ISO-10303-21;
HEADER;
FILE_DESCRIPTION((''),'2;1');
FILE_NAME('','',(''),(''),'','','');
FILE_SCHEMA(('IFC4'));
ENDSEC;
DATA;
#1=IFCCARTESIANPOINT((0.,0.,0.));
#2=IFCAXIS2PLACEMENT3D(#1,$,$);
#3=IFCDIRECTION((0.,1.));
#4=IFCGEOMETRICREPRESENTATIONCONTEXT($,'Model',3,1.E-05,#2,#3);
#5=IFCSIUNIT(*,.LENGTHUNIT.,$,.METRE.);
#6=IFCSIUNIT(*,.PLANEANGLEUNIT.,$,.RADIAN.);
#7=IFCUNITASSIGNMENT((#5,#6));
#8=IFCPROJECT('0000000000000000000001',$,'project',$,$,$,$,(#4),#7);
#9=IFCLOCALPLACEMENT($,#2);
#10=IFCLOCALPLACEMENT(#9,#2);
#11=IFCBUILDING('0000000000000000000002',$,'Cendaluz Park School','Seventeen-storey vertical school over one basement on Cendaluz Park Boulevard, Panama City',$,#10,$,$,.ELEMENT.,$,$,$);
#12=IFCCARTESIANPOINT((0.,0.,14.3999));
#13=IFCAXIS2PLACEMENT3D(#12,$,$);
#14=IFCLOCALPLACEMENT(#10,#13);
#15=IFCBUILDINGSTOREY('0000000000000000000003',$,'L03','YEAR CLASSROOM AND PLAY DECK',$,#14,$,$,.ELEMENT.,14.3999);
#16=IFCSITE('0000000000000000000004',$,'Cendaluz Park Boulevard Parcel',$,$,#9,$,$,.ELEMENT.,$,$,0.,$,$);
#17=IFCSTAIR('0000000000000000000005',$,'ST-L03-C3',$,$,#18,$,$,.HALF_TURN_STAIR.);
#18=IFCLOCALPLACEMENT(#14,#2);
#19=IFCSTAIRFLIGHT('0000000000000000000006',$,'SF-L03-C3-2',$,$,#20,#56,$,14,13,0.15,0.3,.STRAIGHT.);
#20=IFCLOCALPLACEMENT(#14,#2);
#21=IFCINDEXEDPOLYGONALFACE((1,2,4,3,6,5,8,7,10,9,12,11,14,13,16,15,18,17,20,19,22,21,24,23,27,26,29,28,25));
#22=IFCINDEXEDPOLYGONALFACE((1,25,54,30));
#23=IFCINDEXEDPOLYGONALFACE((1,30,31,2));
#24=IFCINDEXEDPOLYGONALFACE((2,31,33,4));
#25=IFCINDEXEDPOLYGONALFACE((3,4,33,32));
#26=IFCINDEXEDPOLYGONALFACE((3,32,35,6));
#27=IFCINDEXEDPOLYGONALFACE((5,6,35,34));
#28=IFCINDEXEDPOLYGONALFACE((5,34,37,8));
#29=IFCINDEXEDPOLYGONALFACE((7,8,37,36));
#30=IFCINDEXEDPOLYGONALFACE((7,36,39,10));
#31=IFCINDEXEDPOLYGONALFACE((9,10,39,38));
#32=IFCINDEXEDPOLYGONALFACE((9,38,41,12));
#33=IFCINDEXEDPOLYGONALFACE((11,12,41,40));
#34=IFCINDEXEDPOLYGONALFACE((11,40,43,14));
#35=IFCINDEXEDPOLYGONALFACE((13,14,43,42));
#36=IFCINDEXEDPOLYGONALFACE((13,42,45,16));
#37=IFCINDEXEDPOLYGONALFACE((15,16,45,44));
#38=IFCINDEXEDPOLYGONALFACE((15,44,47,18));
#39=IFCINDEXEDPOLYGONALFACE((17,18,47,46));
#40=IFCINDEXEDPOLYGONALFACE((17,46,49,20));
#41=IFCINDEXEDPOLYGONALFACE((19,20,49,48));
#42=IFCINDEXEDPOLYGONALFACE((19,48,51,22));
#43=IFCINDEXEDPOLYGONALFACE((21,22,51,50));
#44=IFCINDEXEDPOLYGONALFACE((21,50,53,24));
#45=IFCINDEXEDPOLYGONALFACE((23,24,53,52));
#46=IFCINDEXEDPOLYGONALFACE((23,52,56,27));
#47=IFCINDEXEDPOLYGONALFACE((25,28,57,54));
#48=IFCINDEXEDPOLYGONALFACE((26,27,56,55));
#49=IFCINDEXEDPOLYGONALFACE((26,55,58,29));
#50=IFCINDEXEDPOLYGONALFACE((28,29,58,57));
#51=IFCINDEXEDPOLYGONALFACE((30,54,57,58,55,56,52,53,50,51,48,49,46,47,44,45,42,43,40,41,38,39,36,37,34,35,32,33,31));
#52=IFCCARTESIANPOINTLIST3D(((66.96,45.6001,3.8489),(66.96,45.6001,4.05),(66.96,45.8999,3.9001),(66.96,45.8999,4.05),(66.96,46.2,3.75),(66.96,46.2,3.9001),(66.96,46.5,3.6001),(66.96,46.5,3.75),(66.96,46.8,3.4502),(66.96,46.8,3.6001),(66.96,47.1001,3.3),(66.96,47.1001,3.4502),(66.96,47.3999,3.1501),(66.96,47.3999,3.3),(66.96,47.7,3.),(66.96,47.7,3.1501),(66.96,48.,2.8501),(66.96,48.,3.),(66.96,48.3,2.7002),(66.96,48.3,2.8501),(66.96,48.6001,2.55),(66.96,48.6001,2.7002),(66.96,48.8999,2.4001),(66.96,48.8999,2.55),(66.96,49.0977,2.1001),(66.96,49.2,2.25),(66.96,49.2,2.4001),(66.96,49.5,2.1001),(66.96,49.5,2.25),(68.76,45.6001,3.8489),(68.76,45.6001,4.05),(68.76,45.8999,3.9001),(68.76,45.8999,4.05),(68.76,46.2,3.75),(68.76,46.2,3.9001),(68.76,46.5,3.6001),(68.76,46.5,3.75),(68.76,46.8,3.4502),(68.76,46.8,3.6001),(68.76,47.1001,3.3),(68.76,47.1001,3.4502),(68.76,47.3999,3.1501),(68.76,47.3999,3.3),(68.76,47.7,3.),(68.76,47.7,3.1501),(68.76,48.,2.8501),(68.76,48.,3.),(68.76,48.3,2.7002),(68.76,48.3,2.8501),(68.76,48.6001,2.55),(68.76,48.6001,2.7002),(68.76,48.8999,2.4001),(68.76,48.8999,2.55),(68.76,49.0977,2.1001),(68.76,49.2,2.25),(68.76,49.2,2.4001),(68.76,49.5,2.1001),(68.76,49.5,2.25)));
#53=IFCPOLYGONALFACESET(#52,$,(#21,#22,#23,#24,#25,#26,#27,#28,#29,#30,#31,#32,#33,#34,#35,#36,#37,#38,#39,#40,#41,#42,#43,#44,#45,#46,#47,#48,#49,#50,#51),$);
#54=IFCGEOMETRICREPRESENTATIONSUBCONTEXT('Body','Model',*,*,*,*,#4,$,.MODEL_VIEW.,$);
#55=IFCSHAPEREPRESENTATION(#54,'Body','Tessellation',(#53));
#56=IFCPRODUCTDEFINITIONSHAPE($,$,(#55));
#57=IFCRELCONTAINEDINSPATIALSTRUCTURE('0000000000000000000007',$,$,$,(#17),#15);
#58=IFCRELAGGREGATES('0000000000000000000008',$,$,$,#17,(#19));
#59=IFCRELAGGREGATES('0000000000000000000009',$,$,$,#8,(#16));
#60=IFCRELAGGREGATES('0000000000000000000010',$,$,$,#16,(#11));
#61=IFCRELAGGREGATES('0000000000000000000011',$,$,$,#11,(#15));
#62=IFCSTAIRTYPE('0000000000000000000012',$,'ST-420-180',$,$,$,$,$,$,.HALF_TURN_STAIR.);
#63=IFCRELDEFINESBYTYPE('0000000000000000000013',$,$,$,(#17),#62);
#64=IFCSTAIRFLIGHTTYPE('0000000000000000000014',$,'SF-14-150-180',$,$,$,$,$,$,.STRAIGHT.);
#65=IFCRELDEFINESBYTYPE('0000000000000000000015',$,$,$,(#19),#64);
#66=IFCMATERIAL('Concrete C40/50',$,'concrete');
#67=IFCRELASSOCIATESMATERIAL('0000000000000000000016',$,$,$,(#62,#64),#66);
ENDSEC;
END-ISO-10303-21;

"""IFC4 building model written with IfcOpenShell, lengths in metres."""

from ifc_helpers import new_model, si_unit, direction, frame, origin, place, context, subcontext, project, spatial, polyline, outline, extrude, material, type_object, element, aggregate, save


model = new_model("IFC4")

# Units and contexts
model_context = context("Model", 3, precision=1e-05, world=origin(), true_north=direction((0.0, 1.0)))
body_context = subcontext(model_context, "Body", "Model", "MODEL_VIEW")
ifc_project = project(units=[si_unit("LENGTHUNIT", "METRE"), si_unit("PLANEANGLEUNIT", "RADIAN")], contexts=[model_context])

# Site, building, storey
site_placement = place(None, origin())
site = spatial("IfcSite", under=ifc_project, at=site_placement, Name="Cendaluz Park Boulevard Parcel", CompositionType="ELEMENT", RefElevation=0.0)
building_placement = place(site_placement, origin())
building = spatial("IfcBuilding", under=site, at=building_placement, Name="Cendaluz Park School", Description="Seventeen-storey vertical school over one basement on Cendaluz Park Boulevard, Panama City", CompositionType="ELEMENT")
storey_placement = place(building_placement, frame((0.0, 0.0, 14.3999)))
storey = spatial("IfcBuildingStorey", under=building, at=storey_placement, Name="L03", Description="YEAR CLASSROOM AND PLAY DECK", CompositionType="ELEMENT", Elevation=14.3999)

# Shared definitions
ifc_material_1 = material(Name="Concrete C40/50", Category="concrete")

# Stair, stair flight
stair_type = type_object("IfcStairType", Name="ST-420-180", PredefinedType="HALF_TURN_STAIR", material=ifc_material_1)
stair_placement = place(storey_placement, origin())
stair = element("IfcStair", 1, at=stair_placement, inside=storey, type_object=stair_type, Name="ST-L03-C3", PredefinedType="HALF_TURN_STAIR")
stair_flight_type = type_object("IfcStairFlightType", Name="SF-14-150-180", PredefinedType="STRAIGHT", material=ifc_material_1)
stair_flight_1_placement = place(storey_placement, frame((67.8601, 49.5, 2.1001), z_axis=(0.0, 0.0, 1.0), x_axis=(0.0, -1.0, 0.0)))
stair_flight_1 = element("IfcStairFlight", 2, at=stair_flight_1_placement, type_object=stair_flight_type, Name="SF-L03-C3-2", NumberOfRisers=14, NumberOfTreads=13, PredefinedType="STRAIGHT", RiserHeight=0.15, TreadLength=0.3, context=body_context, shape_type="SweptSolid", body=[
    extrude(outline(polyline([(0.0, 0.0), (0.0, 0.1499), (0.3, 0.1499), (0.3, 0.3), (0.6001, 0.3), (0.6001, 0.45), (0.8999, 0.45), (0.8999, 0.6001), (1.2, 0.6001), (1.2, 0.75), (1.5, 0.75), (1.5, 0.8999), (1.8, 0.8999), (1.8, 1.05), (2.1001, 1.05), (2.1001, 1.2), (2.3999, 1.2), (2.3999, 1.3501), (2.7, 1.3501), (2.7, 1.5), (3.0, 1.5), (3.0, 1.6499), (3.3, 1.6499), (3.3, 1.8), (3.6001, 1.8), (3.6001, 1.95), (3.8999, 1.95), (3.8999, 2.1001), (3.8999, 1.7488), (0.4023, 0.0), (0.0, 0.0)])), frame((0.0, 0.8999, 0.0), z_axis=(0.0, -1.0, 0.0), x_axis=(1.0, 0.0, 0.0)), (0.0, 0.0, 1.0), 1.8),
])
aggregate(stair, [stair_flight_1])

save(model, "model.ifc")
